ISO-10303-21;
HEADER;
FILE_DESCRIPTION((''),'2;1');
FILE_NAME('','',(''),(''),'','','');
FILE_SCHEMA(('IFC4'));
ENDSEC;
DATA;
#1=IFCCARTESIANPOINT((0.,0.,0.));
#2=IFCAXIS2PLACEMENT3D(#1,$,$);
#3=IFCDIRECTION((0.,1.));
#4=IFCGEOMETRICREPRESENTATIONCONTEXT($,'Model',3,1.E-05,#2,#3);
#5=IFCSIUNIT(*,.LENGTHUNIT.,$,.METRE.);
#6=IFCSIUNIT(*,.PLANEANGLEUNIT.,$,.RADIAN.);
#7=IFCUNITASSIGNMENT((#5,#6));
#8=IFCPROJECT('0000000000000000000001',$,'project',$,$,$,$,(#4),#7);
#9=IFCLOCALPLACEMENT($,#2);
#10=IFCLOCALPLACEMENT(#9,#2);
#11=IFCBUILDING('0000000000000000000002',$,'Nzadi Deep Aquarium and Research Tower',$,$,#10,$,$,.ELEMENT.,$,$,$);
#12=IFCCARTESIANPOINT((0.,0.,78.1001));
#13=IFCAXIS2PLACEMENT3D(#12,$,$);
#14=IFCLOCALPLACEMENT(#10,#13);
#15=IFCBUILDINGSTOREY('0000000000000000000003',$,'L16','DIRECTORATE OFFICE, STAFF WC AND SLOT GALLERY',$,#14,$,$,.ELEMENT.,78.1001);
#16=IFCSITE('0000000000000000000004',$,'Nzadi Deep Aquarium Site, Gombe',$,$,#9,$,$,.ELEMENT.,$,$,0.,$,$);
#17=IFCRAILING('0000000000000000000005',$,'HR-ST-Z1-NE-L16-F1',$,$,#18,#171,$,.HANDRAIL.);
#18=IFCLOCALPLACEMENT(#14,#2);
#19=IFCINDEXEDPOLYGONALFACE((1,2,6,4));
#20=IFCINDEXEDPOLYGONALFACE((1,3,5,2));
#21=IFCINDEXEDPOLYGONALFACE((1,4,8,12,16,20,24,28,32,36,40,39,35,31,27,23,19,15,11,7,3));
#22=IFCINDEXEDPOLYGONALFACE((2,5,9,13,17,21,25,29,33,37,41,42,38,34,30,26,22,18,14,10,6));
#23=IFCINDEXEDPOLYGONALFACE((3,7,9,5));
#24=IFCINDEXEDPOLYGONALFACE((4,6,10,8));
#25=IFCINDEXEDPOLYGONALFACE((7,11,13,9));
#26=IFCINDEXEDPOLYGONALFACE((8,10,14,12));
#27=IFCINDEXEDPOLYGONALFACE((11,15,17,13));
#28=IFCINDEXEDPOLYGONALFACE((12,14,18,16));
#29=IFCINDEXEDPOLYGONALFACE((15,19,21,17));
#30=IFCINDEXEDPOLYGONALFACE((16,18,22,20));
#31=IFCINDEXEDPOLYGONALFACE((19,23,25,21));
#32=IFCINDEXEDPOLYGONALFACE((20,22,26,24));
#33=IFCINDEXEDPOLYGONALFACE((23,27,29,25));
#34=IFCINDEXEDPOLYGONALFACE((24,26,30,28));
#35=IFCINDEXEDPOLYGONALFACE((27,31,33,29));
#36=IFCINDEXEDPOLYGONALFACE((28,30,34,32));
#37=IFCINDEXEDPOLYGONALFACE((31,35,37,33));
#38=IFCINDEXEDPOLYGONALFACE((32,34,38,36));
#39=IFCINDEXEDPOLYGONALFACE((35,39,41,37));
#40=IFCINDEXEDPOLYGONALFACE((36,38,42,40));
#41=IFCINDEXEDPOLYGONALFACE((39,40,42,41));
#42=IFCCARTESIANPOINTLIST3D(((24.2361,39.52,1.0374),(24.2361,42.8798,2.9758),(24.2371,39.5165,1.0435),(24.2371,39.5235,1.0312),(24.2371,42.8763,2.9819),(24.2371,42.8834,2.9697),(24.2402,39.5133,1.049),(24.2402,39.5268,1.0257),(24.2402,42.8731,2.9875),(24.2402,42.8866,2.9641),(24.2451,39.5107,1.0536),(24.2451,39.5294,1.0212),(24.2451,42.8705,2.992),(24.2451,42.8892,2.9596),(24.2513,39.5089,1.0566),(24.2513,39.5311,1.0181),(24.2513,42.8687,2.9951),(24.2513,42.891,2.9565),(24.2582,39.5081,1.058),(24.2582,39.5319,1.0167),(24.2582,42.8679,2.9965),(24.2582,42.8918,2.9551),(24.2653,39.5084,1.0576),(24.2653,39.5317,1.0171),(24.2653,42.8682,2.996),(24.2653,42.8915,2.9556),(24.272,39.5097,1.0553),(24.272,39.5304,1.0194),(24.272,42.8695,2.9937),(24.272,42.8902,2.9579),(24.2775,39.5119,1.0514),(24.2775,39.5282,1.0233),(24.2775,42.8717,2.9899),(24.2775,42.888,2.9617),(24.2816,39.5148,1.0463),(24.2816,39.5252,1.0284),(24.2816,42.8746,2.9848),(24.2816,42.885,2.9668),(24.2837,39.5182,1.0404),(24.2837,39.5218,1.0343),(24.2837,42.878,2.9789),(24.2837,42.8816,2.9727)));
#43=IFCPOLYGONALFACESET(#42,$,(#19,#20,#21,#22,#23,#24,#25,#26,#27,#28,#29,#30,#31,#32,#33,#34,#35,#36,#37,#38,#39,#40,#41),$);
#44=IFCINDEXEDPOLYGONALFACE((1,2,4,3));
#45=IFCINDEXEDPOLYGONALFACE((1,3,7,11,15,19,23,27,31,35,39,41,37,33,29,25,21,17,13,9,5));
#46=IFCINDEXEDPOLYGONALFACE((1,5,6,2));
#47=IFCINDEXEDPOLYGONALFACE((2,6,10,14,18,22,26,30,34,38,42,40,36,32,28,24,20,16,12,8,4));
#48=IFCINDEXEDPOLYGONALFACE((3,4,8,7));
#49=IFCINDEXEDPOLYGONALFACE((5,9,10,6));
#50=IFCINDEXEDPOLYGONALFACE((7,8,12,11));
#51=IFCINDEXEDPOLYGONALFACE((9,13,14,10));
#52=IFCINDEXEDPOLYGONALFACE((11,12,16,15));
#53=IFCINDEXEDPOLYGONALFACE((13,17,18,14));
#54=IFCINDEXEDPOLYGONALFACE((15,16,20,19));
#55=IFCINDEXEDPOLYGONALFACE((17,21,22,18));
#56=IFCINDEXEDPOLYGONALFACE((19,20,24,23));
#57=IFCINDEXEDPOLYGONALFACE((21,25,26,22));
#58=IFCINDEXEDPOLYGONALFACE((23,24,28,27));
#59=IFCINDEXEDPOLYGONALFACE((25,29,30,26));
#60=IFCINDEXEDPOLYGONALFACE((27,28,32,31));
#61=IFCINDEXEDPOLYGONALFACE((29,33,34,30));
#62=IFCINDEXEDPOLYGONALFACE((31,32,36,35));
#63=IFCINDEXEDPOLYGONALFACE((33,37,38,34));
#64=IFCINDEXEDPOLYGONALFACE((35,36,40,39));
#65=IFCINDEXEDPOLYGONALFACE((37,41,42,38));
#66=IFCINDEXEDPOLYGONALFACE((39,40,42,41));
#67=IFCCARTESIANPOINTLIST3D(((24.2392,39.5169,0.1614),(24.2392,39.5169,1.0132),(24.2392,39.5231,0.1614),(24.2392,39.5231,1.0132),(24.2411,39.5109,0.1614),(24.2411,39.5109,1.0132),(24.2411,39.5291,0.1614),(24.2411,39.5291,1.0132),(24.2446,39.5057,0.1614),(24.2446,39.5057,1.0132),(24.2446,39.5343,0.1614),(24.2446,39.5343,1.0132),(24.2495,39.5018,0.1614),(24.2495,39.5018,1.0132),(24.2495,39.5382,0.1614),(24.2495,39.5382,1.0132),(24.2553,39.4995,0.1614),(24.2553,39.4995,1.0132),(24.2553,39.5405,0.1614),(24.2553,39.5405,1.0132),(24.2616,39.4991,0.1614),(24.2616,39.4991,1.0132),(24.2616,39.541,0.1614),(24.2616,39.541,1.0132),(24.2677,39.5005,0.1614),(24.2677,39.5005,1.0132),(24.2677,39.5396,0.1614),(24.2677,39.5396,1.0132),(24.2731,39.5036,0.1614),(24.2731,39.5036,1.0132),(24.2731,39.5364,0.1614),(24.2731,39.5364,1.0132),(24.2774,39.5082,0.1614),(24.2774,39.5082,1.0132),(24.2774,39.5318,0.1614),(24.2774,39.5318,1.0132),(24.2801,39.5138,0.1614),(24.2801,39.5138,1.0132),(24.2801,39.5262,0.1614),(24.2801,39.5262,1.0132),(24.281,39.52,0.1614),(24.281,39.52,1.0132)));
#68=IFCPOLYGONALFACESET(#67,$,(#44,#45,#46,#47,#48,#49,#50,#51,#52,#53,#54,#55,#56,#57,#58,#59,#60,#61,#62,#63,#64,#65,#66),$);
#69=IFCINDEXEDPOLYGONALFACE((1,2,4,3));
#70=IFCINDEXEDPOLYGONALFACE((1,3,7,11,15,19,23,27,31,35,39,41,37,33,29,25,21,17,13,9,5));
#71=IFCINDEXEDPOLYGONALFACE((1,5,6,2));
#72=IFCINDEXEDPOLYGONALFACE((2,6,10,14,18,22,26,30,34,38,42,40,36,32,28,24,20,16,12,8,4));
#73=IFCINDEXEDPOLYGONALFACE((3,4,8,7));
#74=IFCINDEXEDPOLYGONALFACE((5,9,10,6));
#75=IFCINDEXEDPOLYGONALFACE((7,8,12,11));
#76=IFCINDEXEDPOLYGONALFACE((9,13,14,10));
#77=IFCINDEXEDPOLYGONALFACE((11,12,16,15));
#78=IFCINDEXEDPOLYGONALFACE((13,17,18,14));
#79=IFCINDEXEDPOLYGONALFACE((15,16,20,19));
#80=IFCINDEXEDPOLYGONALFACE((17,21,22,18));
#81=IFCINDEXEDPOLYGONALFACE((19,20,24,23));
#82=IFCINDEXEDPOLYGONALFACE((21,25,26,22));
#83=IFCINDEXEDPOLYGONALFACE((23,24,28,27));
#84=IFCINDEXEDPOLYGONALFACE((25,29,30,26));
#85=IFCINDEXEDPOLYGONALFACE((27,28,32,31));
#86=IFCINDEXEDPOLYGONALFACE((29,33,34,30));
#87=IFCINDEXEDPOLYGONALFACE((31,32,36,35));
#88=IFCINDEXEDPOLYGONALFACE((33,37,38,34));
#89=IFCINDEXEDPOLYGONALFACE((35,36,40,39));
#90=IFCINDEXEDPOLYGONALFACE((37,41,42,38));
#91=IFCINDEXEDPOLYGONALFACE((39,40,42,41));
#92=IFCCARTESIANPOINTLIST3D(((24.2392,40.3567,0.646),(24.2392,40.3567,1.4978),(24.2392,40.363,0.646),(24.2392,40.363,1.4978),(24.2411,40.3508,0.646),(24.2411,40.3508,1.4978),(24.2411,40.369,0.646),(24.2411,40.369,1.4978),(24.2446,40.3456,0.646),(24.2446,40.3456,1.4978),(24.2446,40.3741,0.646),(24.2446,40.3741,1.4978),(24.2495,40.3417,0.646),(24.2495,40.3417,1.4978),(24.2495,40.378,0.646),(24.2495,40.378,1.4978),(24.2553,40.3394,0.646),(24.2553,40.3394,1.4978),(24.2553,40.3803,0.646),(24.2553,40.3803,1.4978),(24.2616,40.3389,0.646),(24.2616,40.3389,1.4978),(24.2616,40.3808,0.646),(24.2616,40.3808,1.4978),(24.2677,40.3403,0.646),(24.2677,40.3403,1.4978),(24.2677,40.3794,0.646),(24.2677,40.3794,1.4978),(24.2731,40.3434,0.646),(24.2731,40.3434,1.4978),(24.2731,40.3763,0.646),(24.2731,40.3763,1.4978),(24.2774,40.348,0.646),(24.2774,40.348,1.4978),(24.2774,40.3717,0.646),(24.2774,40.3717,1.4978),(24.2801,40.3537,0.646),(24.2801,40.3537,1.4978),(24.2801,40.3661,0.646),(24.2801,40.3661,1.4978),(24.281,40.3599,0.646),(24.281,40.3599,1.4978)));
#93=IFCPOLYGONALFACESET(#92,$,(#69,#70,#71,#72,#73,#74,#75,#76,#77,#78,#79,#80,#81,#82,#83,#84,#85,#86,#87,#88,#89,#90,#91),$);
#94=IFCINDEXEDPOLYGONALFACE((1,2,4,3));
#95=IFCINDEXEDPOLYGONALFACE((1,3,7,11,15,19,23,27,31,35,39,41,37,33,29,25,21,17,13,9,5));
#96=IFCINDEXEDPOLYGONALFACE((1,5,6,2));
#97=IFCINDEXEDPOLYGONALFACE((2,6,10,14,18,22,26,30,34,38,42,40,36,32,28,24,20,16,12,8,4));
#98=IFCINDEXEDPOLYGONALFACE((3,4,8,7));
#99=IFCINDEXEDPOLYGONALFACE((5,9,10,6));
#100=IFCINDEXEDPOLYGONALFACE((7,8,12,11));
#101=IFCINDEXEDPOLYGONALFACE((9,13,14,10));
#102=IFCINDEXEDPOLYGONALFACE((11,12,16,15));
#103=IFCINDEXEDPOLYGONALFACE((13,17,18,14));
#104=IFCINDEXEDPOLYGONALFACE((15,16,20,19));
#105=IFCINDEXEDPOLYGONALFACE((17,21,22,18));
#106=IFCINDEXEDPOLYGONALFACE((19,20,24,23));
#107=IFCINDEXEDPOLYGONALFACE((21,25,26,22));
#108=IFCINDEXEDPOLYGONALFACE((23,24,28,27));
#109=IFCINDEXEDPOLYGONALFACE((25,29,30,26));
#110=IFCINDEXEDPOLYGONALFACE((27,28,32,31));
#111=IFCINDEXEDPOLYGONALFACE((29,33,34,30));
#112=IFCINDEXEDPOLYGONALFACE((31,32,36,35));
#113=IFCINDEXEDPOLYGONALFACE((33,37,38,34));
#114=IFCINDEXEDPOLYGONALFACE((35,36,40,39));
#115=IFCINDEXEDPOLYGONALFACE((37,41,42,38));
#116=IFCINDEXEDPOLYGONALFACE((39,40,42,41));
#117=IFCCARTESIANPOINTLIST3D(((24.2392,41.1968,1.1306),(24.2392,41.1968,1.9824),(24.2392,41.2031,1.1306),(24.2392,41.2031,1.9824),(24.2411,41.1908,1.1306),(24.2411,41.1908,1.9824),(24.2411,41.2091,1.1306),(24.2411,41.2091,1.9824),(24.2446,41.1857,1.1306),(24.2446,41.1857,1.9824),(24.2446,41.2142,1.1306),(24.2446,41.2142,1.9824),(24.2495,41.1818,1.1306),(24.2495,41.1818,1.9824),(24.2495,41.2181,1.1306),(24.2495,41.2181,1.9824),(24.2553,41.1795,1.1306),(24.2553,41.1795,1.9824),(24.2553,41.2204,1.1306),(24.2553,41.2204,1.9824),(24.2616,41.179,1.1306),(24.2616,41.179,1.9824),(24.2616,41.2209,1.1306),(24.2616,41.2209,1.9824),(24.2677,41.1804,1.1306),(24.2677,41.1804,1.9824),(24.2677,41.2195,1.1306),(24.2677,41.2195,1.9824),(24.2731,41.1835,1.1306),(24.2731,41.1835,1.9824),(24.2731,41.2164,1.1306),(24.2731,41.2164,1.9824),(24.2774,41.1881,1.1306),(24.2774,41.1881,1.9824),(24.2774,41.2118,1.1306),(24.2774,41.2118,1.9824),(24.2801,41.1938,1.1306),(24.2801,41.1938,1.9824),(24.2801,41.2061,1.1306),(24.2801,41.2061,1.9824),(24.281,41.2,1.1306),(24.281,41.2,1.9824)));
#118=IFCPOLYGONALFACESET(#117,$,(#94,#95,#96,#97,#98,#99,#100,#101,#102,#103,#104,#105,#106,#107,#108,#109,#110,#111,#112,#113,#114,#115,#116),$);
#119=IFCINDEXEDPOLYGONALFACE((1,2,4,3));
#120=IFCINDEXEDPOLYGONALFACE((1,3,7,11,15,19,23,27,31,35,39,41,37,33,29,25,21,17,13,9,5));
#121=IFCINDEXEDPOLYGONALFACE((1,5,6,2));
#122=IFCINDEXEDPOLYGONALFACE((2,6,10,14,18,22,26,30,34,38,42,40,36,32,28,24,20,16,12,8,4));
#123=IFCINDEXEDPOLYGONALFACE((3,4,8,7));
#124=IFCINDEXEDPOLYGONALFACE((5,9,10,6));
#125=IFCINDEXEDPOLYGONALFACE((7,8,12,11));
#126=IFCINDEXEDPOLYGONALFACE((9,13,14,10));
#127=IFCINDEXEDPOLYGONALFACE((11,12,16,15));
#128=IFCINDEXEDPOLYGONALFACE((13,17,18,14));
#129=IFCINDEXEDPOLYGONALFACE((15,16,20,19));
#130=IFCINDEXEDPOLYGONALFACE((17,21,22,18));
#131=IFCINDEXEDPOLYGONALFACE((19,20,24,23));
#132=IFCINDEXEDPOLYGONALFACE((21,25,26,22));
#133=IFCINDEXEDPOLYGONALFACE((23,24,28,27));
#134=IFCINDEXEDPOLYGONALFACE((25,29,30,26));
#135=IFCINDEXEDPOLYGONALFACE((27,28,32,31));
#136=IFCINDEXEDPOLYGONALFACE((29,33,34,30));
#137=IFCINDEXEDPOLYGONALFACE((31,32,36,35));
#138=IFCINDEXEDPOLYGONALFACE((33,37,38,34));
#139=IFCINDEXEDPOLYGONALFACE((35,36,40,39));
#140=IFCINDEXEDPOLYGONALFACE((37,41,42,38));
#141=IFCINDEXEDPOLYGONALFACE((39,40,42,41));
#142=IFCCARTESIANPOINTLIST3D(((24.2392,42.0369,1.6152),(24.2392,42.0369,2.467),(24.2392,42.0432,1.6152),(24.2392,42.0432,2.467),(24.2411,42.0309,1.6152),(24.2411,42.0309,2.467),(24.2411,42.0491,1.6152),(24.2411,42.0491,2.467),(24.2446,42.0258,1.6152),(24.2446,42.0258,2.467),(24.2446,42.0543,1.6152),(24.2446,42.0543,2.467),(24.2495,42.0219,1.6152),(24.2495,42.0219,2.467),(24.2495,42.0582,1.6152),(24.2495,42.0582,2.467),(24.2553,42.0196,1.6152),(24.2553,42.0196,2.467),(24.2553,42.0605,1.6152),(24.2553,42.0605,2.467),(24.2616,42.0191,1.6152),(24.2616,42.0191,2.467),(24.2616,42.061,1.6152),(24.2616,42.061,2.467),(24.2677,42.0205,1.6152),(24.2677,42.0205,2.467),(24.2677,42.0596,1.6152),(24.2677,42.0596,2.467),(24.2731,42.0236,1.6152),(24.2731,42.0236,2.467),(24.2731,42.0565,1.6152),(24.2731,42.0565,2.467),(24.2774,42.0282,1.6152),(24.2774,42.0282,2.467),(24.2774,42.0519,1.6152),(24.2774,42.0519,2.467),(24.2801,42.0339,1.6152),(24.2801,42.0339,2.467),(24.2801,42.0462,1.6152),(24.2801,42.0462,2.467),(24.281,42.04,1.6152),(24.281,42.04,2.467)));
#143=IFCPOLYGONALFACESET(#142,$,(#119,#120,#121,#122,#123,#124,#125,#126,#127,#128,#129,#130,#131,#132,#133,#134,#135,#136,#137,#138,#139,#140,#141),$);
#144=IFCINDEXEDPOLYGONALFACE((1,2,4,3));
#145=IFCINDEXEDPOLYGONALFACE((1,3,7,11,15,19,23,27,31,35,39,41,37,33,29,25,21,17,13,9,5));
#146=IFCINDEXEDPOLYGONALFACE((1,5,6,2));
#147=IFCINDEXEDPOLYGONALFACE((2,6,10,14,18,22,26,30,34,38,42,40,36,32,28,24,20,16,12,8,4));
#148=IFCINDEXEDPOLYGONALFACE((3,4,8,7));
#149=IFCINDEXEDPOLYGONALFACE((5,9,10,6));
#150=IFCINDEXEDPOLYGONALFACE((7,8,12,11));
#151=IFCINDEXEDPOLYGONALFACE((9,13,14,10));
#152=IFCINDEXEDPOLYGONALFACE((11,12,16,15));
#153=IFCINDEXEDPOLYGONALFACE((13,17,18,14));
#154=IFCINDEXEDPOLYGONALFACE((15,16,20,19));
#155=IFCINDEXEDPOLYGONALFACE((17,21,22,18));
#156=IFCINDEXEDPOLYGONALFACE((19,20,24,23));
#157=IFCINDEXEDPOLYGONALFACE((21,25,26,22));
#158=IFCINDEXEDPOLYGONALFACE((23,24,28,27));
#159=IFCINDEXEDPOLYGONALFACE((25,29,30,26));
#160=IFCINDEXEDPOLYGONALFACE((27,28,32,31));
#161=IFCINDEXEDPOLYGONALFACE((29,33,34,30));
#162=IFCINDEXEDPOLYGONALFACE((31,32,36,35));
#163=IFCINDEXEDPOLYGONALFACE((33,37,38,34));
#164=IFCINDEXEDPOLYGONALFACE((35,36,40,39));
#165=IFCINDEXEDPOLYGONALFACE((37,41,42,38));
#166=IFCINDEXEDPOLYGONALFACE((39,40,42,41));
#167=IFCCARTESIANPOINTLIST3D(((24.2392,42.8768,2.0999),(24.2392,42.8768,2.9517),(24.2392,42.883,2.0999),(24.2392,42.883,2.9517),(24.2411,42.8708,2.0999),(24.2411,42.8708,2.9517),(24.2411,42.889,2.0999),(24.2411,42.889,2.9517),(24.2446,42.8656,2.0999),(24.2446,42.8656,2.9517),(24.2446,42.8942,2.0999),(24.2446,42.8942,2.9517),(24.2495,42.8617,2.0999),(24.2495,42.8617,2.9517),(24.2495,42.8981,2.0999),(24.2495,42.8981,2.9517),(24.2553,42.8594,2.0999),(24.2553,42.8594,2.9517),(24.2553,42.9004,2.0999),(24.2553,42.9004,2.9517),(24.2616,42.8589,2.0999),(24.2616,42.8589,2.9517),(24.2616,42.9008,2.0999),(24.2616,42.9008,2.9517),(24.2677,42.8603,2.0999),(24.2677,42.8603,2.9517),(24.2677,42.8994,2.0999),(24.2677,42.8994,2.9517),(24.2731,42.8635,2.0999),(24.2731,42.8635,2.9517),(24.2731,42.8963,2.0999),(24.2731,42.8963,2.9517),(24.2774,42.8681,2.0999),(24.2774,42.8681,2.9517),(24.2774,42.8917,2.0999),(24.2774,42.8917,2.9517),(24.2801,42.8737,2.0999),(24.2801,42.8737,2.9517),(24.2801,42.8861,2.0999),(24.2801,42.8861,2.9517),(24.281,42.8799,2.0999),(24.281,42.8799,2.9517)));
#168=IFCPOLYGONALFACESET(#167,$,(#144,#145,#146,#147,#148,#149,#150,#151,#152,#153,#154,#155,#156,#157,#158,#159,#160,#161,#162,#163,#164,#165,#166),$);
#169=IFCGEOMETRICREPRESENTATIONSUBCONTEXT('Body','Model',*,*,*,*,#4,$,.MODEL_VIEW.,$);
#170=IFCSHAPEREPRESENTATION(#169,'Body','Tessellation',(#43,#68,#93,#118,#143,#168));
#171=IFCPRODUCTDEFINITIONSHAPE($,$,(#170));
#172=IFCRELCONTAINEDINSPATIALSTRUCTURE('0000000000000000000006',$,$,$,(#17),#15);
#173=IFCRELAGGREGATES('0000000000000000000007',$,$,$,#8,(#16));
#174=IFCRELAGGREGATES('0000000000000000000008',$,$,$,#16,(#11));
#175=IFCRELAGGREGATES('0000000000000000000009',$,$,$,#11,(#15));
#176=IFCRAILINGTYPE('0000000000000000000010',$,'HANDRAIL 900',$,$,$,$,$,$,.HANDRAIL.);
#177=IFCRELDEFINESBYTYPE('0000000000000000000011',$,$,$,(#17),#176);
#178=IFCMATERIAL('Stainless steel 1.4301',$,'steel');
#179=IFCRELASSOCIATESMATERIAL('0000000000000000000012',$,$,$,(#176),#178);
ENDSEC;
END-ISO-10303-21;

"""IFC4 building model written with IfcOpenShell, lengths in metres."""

from ifc_helpers import new_model, si_unit, direction, frame, origin, origin_2d, place, context, subcontext, project, spatial, circle, extrude, material, type_object, element, save


model = new_model("IFC4")

# Units and contexts
model_context = context("Model", 3, precision=1e-05, world=origin(), true_north=direction((0.0, 1.0)))
body_context = subcontext(model_context, "Body", "Model", "MODEL_VIEW")
ifc_project = project(units=[si_unit("LENGTHUNIT", "METRE"), si_unit("PLANEANGLEUNIT", "RADIAN")], contexts=[model_context])

# Site, building, storey
site_placement = place(None, origin())
site = spatial("IfcSite", under=ifc_project, at=site_placement, Name="Nzadi Deep Aquarium Site, Gombe", CompositionType="ELEMENT", RefElevation=0.0)
building_placement = place(site_placement, origin())
building = spatial("IfcBuilding", under=site, at=building_placement, Name="Nzadi Deep Aquarium and Research Tower", CompositionType="ELEMENT")
storey_placement = place(building_placement, frame((0.0, 0.0, 78.1001)))
storey = spatial("IfcBuildingStorey", under=building, at=storey_placement, Name="L16", Description="DIRECTORATE OFFICE, STAFF WC AND SLOT GALLERY", CompositionType="ELEMENT", Elevation=78.1001)

# Railing
ifc_material_1 = material(Name="Stainless steel 1.4301", Category="steel")
railing_type_1 = type_object("IfcRailingType", Name="HANDRAIL 900", PredefinedType="HANDRAIL", material=ifc_material_1)
for number, where, name in (
    (1, (24.26, 39.52, 0.1614), "HR-ST-Z1-NE-L16-F1"),
):
    element("IfcRailing", number, at=place(storey_placement, frame(where)), inside=storey, type_object=railing_type_1, Name=name, PredefinedType="HANDRAIL", context=body_context, shape_type="SweptSolid", body=[
        extrude(circle(Radius=0.0239, at=origin_2d()), frame((0.0, 0.0, 0.876), z_axis=(0.0, 0.866175, 0.499741), x_axis=(-1.0, 0.0, 0.0)), (0.0, 0.0, 1.0), 3.8789),
        extrude(circle(Radius=0.021, at=origin_2d()), origin(), (0.0, 0.0, 1.0), 0.8518),
        extrude(circle(Radius=0.021, at=origin_2d()), frame((0.0, 0.8398, 0.4846)), (0.0, 0.0, 1.0), 0.8518),
        extrude(circle(Radius=0.021, at=origin_2d()), frame((0.0, 1.6799, 0.9692)), (0.0, 0.0, 1.0), 0.8518),
        extrude(circle(Radius=0.021, at=origin_2d()), frame((0.0, 2.52, 1.4539)), (0.0, 0.0, 1.0), 0.8518),
        extrude(circle(Radius=0.021, at=origin_2d()), frame((0.0, 3.3599, 1.9385)), (0.0, 0.0, 1.0), 0.8518),
    ])

save(model, "model.ifc")
